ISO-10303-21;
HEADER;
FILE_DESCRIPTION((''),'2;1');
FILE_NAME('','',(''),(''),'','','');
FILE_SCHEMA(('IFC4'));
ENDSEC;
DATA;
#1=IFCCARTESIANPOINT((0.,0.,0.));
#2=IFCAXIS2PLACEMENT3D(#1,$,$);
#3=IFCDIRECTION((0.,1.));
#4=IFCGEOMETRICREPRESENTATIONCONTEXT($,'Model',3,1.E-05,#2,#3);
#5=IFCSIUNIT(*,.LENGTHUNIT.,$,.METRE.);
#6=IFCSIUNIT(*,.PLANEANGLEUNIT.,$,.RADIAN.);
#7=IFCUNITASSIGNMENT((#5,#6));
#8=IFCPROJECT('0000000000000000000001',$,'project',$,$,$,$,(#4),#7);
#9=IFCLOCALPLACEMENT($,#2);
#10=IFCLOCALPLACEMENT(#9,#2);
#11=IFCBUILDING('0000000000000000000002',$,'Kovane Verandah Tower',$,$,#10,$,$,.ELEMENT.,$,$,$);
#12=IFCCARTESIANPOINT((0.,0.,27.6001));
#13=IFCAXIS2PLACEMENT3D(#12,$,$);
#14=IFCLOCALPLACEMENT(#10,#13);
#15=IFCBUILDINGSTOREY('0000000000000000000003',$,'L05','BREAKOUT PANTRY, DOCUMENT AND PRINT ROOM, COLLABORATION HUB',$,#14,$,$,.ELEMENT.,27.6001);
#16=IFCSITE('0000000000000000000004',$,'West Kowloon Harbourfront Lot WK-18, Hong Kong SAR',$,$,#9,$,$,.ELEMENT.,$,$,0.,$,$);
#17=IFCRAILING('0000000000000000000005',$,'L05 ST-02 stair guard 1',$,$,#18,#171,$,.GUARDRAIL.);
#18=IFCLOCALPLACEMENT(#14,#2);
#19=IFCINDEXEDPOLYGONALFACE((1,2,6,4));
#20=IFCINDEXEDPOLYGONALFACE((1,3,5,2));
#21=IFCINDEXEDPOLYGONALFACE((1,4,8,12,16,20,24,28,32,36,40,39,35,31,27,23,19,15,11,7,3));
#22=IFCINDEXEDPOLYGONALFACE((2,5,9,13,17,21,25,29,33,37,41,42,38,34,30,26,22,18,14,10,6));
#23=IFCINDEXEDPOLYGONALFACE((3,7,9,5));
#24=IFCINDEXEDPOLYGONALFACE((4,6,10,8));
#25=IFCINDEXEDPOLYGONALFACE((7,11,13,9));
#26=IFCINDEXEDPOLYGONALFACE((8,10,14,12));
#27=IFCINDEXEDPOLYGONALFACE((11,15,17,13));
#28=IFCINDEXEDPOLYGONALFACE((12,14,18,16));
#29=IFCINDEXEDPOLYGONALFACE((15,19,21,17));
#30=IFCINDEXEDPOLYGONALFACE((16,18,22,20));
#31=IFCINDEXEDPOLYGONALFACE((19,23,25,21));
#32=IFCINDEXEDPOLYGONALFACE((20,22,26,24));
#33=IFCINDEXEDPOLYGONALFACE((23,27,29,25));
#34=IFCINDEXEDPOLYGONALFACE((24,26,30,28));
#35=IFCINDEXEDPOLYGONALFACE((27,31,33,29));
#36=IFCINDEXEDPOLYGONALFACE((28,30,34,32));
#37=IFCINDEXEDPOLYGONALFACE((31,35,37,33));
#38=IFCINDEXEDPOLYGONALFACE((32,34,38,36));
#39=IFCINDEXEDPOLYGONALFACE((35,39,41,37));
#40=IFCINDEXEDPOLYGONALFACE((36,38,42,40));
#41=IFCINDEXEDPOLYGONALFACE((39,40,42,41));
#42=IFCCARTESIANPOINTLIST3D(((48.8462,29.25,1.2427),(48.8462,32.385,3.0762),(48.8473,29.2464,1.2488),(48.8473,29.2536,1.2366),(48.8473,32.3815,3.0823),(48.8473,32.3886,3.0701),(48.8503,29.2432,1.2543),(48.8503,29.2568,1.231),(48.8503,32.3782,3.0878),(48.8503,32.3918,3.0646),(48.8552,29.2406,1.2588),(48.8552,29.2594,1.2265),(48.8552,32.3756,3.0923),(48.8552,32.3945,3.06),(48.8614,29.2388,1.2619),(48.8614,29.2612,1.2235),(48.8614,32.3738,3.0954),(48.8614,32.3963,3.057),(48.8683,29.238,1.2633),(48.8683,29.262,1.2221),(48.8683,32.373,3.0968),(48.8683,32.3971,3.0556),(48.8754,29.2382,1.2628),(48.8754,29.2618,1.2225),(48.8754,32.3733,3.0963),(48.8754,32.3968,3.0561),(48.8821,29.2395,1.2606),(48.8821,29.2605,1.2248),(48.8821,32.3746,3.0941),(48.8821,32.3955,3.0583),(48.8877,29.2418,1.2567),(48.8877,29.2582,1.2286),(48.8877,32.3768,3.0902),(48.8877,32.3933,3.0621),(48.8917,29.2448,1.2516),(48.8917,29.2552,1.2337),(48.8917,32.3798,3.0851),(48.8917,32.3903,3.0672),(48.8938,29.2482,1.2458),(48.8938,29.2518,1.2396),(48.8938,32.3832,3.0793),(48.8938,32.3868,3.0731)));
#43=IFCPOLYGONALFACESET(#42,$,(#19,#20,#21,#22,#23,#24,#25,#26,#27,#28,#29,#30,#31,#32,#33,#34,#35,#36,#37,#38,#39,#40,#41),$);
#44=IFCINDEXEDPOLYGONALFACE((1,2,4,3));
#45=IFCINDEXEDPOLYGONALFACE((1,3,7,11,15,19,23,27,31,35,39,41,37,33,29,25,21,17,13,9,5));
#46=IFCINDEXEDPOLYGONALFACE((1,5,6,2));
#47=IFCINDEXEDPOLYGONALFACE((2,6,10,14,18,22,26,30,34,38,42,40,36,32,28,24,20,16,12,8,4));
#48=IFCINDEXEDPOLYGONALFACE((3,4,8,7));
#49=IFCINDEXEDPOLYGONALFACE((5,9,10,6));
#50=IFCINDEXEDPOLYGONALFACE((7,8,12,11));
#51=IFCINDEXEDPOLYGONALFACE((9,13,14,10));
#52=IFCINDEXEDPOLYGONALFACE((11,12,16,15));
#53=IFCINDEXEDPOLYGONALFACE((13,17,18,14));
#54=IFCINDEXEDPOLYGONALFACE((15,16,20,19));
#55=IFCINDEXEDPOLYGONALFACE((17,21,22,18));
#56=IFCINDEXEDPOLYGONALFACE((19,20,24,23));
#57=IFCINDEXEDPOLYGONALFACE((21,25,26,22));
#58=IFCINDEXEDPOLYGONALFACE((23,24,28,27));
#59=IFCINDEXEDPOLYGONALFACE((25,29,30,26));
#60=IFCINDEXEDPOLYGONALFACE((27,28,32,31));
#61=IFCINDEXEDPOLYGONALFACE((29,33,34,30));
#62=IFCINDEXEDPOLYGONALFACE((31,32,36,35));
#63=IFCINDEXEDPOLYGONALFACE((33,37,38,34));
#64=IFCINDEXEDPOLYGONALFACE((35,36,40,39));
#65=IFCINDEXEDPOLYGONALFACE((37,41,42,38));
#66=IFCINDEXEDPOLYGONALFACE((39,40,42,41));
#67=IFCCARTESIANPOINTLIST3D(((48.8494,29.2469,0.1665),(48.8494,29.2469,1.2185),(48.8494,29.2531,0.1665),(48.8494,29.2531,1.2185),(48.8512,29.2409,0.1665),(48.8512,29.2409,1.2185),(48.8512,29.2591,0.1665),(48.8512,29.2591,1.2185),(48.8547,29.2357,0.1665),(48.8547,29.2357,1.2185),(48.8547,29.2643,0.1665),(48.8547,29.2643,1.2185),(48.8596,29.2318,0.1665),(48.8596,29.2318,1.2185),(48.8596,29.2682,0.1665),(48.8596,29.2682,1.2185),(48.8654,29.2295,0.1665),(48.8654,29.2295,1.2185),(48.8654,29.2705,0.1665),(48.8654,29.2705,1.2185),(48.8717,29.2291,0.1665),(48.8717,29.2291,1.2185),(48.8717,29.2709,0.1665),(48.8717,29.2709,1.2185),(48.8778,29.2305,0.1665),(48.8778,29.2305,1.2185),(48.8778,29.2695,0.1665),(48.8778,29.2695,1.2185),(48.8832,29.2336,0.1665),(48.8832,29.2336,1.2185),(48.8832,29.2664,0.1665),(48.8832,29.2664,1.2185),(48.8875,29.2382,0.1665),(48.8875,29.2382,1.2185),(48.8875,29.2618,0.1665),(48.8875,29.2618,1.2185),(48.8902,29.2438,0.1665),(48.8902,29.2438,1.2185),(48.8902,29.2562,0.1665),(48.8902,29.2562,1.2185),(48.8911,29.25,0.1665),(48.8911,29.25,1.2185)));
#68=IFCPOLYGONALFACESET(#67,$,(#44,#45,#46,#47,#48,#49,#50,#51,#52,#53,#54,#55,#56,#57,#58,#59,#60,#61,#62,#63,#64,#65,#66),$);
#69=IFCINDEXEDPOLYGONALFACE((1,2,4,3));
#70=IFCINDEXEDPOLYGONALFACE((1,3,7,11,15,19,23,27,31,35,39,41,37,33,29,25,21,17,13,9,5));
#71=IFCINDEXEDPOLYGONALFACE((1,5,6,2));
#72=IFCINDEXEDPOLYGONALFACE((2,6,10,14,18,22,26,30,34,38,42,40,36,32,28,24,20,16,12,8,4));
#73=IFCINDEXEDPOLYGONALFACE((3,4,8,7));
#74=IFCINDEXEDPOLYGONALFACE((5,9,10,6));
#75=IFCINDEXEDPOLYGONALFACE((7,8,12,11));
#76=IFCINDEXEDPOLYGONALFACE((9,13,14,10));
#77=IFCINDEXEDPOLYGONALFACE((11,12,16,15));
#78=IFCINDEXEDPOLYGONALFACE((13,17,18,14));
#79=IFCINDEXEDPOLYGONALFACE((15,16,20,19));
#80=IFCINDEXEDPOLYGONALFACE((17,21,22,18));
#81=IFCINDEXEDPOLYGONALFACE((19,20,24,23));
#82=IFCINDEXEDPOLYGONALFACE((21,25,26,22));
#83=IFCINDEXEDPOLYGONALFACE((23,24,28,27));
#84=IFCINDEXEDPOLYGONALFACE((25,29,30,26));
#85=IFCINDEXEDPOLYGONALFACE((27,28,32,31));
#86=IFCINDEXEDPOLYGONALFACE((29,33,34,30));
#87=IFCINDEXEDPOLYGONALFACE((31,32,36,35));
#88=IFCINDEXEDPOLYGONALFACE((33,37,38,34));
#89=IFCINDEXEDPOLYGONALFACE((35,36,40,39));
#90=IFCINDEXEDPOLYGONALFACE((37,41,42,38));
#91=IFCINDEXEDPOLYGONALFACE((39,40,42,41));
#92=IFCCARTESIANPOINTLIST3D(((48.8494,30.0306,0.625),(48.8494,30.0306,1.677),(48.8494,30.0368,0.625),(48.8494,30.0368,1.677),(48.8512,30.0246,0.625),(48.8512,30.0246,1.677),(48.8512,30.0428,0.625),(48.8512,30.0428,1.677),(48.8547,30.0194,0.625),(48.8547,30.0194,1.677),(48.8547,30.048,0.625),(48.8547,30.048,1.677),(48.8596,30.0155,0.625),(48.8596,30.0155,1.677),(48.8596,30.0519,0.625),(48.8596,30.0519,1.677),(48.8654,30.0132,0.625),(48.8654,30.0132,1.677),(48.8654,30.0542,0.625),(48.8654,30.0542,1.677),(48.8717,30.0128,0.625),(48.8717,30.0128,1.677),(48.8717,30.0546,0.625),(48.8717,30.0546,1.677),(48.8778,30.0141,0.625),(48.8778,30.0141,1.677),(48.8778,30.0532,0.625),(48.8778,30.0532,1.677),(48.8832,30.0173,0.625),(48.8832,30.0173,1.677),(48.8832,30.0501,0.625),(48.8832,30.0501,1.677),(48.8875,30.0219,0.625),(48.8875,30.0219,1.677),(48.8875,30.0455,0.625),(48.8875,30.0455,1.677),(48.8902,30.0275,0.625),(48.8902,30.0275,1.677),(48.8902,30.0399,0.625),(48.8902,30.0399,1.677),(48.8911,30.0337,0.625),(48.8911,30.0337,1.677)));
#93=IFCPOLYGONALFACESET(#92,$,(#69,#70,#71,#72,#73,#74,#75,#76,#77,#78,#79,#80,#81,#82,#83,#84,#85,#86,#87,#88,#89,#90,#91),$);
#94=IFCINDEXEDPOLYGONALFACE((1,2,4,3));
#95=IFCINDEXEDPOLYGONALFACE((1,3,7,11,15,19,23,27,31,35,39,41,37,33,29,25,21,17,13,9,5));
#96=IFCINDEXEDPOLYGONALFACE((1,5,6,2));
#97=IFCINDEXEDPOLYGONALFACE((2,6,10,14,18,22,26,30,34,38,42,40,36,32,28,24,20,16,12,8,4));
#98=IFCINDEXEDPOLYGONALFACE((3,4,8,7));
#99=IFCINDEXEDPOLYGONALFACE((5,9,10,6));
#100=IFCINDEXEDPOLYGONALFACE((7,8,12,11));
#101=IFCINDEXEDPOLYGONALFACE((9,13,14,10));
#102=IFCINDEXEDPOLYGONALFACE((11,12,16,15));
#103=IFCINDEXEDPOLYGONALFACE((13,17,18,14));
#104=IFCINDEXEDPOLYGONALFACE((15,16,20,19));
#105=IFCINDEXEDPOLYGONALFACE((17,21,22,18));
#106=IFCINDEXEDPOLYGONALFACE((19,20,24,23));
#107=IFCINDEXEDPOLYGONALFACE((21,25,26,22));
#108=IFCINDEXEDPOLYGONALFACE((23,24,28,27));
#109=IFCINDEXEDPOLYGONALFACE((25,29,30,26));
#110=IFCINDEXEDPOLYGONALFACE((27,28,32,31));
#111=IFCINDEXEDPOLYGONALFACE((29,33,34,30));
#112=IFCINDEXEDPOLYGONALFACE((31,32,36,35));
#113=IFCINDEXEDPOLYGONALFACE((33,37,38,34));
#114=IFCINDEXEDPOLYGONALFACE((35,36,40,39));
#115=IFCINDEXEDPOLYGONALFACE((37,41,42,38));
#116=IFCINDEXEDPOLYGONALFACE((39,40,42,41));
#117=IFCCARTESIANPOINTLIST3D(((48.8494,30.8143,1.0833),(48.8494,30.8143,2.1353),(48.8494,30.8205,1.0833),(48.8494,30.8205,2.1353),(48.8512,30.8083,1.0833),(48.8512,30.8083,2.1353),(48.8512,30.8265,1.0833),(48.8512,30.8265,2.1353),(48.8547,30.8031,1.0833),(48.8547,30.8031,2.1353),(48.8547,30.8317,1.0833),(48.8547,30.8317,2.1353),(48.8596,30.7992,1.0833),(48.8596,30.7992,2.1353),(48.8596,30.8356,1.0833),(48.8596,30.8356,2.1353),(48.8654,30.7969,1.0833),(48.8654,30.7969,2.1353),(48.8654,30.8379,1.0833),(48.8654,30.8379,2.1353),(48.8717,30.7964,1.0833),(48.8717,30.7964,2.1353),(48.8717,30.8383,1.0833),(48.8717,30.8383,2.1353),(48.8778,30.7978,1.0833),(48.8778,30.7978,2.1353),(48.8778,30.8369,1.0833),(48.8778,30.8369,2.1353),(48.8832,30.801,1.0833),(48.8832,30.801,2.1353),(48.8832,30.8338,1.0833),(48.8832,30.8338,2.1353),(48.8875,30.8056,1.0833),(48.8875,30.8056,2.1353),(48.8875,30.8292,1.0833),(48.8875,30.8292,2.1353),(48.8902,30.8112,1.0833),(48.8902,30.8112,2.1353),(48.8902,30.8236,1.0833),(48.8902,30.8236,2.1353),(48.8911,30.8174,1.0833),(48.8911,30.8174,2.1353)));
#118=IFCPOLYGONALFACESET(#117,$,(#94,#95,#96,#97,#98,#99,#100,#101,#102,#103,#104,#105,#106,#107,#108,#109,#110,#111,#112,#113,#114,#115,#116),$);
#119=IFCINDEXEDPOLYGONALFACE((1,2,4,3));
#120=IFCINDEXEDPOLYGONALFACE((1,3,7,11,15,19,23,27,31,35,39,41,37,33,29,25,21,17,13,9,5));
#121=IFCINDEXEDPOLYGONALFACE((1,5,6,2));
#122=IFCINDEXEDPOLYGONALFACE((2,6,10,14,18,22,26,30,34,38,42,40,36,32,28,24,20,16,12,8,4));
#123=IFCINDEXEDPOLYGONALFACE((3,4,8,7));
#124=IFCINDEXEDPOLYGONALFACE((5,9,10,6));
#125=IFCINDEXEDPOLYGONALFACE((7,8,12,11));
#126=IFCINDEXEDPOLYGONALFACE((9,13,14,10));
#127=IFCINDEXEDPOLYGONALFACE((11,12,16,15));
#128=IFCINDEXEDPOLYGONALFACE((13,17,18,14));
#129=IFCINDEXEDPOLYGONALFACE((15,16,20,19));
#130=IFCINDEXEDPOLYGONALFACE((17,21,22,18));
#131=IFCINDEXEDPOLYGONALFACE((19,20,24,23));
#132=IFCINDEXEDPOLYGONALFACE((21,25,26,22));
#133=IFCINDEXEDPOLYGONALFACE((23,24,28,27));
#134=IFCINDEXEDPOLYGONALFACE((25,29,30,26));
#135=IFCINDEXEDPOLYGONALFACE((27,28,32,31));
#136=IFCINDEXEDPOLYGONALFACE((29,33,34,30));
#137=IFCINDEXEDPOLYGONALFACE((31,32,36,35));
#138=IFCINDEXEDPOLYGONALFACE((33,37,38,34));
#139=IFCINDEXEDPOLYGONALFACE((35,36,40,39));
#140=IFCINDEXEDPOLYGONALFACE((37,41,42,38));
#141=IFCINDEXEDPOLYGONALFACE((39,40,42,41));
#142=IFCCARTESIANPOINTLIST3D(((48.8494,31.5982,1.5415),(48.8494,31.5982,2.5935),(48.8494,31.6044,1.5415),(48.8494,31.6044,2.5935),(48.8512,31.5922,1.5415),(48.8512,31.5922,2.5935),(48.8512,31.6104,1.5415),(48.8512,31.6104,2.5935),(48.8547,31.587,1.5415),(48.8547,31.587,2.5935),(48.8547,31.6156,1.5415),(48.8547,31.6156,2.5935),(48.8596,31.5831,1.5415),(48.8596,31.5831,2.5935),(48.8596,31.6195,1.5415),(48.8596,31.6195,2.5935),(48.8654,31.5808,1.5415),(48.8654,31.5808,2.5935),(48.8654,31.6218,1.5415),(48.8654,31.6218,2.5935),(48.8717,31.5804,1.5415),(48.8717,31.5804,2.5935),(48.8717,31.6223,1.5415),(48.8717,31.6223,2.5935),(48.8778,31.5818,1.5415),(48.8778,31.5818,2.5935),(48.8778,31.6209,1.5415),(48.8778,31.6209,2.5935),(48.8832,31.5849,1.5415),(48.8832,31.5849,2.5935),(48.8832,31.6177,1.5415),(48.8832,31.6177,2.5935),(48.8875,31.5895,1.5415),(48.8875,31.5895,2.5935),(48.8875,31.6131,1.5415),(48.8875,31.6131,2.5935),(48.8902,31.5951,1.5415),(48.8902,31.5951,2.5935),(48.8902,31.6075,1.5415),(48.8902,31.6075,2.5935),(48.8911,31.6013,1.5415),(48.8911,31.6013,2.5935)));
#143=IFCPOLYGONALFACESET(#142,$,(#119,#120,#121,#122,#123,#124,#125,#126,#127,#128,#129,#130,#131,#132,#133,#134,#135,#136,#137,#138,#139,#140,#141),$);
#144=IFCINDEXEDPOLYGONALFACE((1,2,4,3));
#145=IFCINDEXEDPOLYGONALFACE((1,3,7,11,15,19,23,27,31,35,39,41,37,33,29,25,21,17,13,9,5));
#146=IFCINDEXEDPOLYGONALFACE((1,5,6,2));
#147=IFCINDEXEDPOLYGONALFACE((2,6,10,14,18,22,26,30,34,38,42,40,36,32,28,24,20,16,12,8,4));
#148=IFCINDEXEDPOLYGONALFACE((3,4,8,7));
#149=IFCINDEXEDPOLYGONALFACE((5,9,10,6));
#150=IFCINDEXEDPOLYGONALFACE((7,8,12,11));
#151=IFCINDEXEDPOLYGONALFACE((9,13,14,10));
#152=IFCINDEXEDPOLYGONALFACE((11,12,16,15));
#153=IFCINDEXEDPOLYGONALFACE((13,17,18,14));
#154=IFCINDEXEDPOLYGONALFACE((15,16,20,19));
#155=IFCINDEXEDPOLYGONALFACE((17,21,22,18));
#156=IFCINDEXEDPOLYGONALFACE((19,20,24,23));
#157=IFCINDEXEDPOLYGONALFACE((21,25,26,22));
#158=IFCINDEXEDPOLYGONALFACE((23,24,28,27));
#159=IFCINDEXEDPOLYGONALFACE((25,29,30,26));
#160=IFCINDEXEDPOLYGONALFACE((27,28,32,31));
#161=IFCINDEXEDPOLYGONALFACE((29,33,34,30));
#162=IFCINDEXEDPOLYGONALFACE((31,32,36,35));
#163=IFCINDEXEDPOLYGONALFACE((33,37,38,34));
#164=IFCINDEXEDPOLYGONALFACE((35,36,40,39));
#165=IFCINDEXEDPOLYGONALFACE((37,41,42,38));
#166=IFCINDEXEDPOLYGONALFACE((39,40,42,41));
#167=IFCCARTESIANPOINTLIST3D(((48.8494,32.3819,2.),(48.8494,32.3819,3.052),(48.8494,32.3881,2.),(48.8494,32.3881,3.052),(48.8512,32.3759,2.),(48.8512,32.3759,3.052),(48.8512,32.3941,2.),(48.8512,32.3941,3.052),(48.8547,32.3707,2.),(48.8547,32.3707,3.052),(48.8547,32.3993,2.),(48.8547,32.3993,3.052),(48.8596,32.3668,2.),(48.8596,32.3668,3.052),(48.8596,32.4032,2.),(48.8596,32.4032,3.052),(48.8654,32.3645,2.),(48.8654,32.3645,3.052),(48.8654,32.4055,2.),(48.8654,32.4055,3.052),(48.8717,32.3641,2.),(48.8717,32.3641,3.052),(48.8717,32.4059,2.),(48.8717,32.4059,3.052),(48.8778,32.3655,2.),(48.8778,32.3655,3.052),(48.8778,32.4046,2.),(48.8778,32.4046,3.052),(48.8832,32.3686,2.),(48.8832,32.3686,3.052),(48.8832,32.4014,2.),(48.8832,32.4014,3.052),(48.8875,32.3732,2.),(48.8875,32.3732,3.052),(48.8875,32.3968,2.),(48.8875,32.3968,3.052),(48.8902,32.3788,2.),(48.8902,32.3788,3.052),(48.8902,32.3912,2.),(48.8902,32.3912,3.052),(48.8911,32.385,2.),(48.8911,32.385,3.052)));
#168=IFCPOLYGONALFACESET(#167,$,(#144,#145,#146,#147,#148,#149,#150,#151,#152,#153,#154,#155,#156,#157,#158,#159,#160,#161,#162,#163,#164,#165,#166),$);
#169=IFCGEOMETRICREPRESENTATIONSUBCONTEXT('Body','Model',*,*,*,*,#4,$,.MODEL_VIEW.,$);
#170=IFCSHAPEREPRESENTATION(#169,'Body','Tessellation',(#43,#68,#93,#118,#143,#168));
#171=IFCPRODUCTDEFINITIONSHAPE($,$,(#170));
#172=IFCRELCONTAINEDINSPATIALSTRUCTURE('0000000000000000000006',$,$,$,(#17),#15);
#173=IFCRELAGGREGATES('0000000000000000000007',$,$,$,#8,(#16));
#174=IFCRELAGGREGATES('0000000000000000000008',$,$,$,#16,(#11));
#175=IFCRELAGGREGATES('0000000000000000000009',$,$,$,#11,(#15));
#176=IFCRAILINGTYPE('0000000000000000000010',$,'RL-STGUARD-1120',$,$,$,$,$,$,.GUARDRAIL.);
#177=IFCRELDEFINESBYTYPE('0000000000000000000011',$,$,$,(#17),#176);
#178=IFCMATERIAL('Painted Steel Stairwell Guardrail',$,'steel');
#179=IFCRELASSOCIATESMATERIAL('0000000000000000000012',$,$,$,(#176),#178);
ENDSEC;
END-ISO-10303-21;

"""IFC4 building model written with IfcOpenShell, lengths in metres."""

from ifc_helpers import new_model, si_unit, direction, frame, origin, origin_2d, place, context, subcontext, project, spatial, circle, extrude, material, type_object, element, save


model = new_model("IFC4")

# Units and contexts
model_context = context("Model", 3, precision=1e-05, world=origin(), true_north=direction((0.0, 1.0)))
body_context = subcontext(model_context, "Body", "Model", "MODEL_VIEW")
ifc_project = project(units=[si_unit("LENGTHUNIT", "METRE"), si_unit("PLANEANGLEUNIT", "RADIAN")], contexts=[model_context])

# Site, building, storey
site_placement = place(None, origin())
site = spatial("IfcSite", under=ifc_project, at=site_placement, Name="West Kowloon Harbourfront Lot WK-18, Hong Kong SAR", CompositionType="ELEMENT", RefElevation=0.0)
building_placement = place(site_placement, origin())
building = spatial("IfcBuilding", under=site, at=building_placement, Name="Kovane Verandah Tower", CompositionType="ELEMENT")
storey_placement = place(building_placement, frame((0.0, 0.0, 27.6001)))
storey = spatial("IfcBuildingStorey", under=building, at=storey_placement, Name="L05", Description="BREAKOUT PANTRY, DOCUMENT AND PRINT ROOM, COLLABORATION HUB", CompositionType="ELEMENT", Elevation=27.6001)

# Railing
ifc_material_1 = material(Name="Painted Steel Stairwell Guardrail", Category="steel")
railing_type_1 = type_object("IfcRailingType", Name="RL-STGUARD-1120", PredefinedType="GUARDRAIL", material=ifc_material_1)
railing_1_placement = place(storey_placement, frame((48.8701, 29.25, 0.1665)))
element("IfcRailing", 1, at=railing_1_placement, inside=storey, type_object=railing_type_1, Name="L05 ST-02 stair guard 1", PredefinedType="GUARDRAIL", context=body_context, shape_type="SweptSolid", body=[
    extrude(circle(Radius=0.0239, at=origin_2d()), frame((0.0, 0.0, 1.0762), z_axis=(0.0, 0.86321, 0.504845), x_axis=(-1.0, 0.0, 0.0)), (0.0, 0.0, 1.0), 3.6318),
    extrude(circle(Radius=0.021, at=origin_2d()), origin(), (0.0, 0.0, 1.0), 1.052),
    extrude(circle(Radius=0.021, at=origin_2d()), frame((0.0, 0.7837, 0.4585)), (0.0, 0.0, 1.0), 1.052),
    extrude(circle(Radius=0.021, at=origin_2d()), frame((0.0, 1.5674, 0.9167)), (0.0, 0.0, 1.0), 1.052),
    extrude(circle(Radius=0.021, at=origin_2d()), frame((0.0, 2.3513, 1.375)), (0.0, 0.0, 1.0), 1.052),
    extrude(circle(Radius=0.021, at=origin_2d()), frame((0.0, 3.135, 1.8335)), (0.0, 0.0, 1.0), 1.052),
])

save(model, "model.ifc")
